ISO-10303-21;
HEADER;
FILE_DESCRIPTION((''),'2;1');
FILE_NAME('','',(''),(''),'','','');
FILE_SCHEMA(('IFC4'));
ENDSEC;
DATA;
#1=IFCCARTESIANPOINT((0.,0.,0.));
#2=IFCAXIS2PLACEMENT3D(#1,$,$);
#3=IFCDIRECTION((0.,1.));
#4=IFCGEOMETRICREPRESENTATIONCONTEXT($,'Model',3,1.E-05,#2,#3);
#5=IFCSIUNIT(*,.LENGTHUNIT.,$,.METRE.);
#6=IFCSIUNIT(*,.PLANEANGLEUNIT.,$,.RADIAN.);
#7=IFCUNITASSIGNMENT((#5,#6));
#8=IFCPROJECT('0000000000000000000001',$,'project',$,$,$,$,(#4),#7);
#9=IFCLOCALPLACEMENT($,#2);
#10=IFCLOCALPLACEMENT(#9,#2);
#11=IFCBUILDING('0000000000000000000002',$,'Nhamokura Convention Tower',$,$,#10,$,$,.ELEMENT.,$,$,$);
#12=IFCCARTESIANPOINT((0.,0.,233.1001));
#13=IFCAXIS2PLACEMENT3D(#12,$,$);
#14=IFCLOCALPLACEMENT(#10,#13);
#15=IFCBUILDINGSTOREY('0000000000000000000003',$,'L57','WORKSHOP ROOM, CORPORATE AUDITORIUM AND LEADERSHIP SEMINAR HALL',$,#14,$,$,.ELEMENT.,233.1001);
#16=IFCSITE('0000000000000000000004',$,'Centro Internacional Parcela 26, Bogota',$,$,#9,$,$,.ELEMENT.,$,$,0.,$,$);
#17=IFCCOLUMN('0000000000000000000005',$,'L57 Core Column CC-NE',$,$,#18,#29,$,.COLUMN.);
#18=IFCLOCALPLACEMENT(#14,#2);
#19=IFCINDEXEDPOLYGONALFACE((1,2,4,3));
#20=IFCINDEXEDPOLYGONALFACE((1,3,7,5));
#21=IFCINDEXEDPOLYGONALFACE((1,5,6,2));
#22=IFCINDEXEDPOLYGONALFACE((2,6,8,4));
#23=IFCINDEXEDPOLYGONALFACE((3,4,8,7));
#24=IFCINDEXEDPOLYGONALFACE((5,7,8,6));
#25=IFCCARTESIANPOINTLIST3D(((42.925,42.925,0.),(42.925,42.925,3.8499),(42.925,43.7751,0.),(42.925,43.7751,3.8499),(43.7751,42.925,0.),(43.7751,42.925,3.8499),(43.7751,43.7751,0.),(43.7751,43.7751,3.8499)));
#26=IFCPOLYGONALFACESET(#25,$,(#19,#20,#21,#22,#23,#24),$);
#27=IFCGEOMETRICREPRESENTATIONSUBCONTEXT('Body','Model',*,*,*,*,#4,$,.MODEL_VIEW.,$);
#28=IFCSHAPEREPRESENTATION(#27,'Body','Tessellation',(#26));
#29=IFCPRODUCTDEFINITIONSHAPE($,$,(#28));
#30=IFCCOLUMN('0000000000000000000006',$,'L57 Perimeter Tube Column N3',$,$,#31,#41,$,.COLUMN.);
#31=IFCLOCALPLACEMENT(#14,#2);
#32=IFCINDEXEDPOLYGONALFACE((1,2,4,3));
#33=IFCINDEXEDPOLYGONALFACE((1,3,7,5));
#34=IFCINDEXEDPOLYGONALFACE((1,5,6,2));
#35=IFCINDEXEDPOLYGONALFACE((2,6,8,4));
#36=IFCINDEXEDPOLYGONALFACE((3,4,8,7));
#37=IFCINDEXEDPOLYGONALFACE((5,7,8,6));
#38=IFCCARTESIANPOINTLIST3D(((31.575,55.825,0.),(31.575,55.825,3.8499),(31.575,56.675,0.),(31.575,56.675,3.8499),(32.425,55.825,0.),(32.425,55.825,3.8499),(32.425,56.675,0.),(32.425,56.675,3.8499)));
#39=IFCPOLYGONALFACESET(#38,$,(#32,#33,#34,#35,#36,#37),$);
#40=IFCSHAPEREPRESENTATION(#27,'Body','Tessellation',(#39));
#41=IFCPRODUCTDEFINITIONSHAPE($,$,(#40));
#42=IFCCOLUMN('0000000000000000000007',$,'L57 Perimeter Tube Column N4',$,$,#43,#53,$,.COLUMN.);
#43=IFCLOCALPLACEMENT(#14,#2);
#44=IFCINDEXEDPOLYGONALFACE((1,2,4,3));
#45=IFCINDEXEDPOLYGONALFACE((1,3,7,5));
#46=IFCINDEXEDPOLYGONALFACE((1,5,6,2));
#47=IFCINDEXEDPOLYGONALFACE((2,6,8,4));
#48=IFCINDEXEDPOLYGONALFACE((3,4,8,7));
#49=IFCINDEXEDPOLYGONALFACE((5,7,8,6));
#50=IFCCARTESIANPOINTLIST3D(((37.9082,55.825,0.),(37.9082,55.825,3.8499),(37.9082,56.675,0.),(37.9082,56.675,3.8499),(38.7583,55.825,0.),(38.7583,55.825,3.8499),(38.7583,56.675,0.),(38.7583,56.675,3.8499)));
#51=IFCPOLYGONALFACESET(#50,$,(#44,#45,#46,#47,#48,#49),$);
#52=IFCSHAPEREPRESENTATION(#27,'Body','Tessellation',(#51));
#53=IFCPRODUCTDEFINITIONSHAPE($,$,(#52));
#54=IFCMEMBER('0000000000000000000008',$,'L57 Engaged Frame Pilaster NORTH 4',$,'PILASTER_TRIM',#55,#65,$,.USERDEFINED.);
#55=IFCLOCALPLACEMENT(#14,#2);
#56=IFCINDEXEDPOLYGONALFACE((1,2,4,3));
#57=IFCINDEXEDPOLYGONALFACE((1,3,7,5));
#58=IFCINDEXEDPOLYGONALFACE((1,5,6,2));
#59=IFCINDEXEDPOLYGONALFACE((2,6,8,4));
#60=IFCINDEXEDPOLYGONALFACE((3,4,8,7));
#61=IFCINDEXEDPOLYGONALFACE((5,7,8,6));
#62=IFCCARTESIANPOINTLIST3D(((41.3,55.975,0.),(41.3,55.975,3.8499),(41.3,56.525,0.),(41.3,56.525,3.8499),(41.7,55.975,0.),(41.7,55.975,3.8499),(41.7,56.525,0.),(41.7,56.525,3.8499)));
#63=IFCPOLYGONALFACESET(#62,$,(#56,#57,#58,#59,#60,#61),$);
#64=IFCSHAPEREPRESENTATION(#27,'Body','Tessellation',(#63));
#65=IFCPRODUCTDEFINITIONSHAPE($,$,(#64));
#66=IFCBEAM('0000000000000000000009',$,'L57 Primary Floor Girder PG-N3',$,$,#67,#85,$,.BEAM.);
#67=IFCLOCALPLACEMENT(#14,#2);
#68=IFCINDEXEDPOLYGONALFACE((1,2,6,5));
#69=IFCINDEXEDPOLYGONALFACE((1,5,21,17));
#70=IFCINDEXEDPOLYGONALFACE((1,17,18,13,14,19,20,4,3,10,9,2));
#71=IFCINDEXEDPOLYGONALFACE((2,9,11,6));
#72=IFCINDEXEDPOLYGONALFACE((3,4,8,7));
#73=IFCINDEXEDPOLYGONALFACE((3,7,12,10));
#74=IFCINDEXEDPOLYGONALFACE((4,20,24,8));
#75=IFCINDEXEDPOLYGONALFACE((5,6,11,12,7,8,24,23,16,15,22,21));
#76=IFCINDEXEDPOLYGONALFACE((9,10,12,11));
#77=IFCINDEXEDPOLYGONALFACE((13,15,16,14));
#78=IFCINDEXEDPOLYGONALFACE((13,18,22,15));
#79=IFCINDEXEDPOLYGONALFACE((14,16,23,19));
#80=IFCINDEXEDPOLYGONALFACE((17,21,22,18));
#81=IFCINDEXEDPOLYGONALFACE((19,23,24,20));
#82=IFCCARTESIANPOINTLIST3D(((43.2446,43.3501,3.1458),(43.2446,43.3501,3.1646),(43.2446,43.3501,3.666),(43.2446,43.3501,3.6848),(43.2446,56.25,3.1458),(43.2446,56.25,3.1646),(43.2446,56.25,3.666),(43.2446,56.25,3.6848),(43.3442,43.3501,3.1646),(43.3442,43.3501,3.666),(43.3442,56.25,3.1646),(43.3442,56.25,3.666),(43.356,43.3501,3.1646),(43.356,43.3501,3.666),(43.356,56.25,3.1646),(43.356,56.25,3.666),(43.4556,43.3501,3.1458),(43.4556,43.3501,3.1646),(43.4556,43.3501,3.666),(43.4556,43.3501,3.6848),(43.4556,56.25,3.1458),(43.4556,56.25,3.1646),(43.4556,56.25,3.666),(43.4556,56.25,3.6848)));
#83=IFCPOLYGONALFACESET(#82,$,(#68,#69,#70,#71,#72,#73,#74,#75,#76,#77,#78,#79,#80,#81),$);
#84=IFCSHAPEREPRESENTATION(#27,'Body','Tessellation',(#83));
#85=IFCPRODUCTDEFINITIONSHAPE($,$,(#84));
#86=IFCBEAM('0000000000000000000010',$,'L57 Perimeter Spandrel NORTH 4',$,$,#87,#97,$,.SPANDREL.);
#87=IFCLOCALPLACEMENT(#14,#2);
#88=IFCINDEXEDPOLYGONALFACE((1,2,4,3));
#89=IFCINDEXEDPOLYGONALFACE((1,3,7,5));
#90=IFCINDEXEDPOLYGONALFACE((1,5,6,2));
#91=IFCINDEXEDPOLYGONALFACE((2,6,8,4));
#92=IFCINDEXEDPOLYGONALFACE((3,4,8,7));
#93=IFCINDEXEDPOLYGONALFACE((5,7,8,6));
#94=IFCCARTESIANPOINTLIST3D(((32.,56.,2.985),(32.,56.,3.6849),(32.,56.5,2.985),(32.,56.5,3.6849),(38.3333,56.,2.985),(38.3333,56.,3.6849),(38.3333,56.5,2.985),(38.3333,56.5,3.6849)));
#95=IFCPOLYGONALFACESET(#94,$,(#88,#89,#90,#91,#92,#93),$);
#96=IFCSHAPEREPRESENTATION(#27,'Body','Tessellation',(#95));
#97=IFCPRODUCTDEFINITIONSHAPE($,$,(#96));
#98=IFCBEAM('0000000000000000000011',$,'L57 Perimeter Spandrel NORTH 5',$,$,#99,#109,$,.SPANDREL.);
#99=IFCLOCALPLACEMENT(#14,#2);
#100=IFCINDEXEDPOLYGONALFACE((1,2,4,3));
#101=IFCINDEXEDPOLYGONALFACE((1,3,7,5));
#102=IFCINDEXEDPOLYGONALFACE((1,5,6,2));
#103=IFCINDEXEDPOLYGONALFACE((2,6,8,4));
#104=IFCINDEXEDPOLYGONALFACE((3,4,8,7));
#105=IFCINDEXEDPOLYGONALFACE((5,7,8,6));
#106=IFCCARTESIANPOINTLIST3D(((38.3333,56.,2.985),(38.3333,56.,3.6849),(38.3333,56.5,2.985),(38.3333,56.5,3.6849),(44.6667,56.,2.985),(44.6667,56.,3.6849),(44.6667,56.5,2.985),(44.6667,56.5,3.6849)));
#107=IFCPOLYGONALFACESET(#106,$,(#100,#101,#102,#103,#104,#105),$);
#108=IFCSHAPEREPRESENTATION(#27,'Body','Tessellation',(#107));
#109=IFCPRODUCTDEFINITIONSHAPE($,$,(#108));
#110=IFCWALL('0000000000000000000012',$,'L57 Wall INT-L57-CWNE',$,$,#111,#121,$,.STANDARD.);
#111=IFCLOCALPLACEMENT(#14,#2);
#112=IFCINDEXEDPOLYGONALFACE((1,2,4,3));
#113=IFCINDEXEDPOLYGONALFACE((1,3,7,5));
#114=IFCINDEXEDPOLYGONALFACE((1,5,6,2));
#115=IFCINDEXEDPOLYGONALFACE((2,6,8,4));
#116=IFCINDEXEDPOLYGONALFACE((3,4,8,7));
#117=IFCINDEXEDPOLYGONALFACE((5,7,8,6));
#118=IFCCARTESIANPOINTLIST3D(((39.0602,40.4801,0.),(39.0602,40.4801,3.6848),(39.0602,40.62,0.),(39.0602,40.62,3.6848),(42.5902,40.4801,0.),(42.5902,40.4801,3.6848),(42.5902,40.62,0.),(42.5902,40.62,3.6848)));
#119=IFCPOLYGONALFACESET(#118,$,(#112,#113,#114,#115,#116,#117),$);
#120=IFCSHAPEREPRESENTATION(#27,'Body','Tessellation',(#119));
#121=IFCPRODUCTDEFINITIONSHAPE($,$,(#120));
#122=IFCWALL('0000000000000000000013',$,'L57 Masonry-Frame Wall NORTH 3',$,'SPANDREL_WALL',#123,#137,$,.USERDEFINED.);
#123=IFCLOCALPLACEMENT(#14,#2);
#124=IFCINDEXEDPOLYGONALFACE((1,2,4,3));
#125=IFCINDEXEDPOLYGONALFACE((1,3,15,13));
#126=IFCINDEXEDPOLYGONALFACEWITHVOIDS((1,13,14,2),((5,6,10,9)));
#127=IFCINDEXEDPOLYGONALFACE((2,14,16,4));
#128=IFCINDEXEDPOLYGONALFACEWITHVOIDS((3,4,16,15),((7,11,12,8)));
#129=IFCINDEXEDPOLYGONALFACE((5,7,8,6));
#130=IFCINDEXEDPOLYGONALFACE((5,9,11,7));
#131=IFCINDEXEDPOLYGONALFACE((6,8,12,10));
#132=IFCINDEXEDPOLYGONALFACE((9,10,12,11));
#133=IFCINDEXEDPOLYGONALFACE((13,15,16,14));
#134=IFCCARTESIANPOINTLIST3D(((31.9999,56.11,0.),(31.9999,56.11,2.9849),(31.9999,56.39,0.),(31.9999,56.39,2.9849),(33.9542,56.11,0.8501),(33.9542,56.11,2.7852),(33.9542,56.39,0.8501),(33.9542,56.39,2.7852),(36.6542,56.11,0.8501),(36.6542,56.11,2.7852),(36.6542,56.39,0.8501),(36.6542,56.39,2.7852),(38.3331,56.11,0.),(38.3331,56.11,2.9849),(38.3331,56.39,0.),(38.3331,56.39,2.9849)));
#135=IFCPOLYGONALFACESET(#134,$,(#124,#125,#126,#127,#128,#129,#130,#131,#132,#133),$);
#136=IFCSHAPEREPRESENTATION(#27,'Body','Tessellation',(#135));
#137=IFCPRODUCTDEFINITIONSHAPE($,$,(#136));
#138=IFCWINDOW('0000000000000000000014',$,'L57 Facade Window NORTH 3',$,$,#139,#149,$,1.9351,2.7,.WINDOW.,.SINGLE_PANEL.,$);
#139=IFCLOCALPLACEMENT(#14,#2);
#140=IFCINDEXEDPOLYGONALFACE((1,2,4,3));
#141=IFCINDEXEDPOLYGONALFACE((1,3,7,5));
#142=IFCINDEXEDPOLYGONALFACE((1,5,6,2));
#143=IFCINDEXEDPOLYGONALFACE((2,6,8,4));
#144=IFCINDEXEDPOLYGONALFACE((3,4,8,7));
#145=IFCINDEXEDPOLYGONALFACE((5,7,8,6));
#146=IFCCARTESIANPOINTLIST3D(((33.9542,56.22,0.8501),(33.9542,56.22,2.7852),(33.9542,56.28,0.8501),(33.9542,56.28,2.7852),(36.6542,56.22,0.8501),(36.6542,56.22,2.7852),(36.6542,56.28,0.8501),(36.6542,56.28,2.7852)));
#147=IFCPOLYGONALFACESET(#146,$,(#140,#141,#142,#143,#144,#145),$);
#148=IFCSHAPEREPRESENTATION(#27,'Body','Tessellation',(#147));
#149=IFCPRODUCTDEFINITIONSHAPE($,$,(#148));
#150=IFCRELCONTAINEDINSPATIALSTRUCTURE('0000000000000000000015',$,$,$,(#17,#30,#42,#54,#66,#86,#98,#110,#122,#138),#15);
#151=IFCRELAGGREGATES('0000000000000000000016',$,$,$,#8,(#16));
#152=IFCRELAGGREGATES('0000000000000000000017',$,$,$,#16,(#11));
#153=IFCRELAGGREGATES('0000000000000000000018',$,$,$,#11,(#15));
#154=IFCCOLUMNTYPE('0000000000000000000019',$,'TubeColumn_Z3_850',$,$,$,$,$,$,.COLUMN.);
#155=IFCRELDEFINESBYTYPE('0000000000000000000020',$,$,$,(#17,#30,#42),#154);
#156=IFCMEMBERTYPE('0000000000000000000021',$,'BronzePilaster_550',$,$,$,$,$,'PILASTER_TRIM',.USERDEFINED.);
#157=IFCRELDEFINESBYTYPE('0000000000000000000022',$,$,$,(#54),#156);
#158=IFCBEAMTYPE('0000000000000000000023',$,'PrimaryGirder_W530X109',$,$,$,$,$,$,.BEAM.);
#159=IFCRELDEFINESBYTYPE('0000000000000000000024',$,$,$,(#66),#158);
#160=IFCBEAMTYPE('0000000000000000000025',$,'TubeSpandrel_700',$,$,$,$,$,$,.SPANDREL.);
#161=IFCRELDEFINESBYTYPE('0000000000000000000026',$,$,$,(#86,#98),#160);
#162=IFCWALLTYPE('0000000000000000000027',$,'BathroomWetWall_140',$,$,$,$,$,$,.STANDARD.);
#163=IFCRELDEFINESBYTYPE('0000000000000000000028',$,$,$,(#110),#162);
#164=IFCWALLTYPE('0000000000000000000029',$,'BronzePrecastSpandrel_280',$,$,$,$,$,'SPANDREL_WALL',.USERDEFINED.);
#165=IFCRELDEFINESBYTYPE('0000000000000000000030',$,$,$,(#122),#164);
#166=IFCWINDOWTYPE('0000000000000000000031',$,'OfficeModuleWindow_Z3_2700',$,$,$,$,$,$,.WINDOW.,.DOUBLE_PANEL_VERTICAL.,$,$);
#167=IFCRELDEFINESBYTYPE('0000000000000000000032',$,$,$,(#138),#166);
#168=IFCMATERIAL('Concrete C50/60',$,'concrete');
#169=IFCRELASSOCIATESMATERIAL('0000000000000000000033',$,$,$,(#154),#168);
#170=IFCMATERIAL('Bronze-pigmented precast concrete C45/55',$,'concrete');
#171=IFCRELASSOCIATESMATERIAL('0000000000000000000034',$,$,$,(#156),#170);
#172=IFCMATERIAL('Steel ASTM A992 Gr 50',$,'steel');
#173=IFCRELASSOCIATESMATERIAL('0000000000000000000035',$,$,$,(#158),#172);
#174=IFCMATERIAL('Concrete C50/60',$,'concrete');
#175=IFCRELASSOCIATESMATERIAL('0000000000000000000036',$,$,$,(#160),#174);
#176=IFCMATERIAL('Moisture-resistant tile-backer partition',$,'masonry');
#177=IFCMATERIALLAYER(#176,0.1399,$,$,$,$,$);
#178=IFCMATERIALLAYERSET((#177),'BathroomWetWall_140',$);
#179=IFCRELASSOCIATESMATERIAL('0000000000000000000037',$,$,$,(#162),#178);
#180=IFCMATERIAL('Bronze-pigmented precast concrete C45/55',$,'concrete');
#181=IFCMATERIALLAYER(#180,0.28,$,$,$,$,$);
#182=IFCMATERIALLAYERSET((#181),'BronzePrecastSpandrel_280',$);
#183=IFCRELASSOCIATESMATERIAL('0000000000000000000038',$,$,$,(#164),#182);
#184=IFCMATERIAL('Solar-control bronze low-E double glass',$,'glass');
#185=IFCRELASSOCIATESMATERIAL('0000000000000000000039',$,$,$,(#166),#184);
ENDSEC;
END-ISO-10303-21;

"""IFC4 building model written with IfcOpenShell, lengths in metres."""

from ifc_helpers import new_model, si_unit, direction, frame, frame_2d, origin, origin_2d, place, context, subcontext, project, spatial, rectangle, i_section, extrude, material, layer, layer_set, material_profile, profile_set, type_object, element, fill, save


model = new_model("IFC4")

# Units and contexts
model_context = context("Model", 3, precision=1e-05, world=origin(), true_north=direction((0.0, 1.0)))
body_context = subcontext(model_context, "Body", "Model", "MODEL_VIEW")
ifc_project = project(units=[si_unit("LENGTHUNIT", "METRE"), si_unit("PLANEANGLEUNIT", "RADIAN")], contexts=[model_context])

# Site, building, storey
site_placement = place(None, origin())
site = spatial("IfcSite", under=ifc_project, at=site_placement, Name="Centro Internacional Parcela 26, Bogota", CompositionType="ELEMENT", RefElevation=0.0)
building_placement = place(site_placement, origin())
building = spatial("IfcBuilding", under=site, at=building_placement, Name="Nhamokura Convention Tower", CompositionType="ELEMENT")
storey_placement = place(building_placement, frame((0.0, 0.0, 233.1001)))
storey = spatial("IfcBuildingStorey", under=building, at=storey_placement, Name="L57", Description="WORKSHOP ROOM, CORPORATE AUDITORIUM AND LEADERSHIP SEMINAR HALL", CompositionType="ELEMENT", Elevation=233.1001)

# Columns
ifc_material_1 = material(Name="Concrete C50/60", Category="concrete")
ifc_material_profile_1 = material_profile(ifc_material_1, rectangle(XDim=0.8501, YDim=0.8501, at=origin_2d()))
ifc_profile_set_1 = profile_set([ifc_material_profile_1], Name="Concrete C50/60")
column_type = type_object("IfcColumnType", Name="TubeColumn_Z3_850", PredefinedType="COLUMN", material=ifc_profile_set_1)
for number, where, z_axis, x_axis, name in (
    (1, (43.3501, 43.3501, 0.0), (0.0, 0.0, 1.0), (1.0, 0.0, 0.0), "L57 Core Column CC-NE"),
    (2, (32.0, 56.25, 0.0), (0.0, 0.0, 1.0), (1.0, 0.0, 0.0), "L57 Perimeter Tube Column N3"),
    (3, (38.3333, 56.25, 0.0), (0.0, 0.0, 1.0), (1.0, 0.0, 0.0), "L57 Perimeter Tube Column N4"),
):
    element("IfcColumn", number, at=place(storey_placement, frame(where, z_axis=z_axis, x_axis=x_axis)), inside=storey, type_object=column_type, Name=name, PredefinedType="COLUMN", context=body_context, shape_type="SweptSolid", body=[
        extrude(rectangle(XDim=0.8501, YDim=0.8501, at=origin_2d()), origin(), (0.0, 0.0, 1.0), 3.8499),
    ])

# Member
ifc_material_2 = material(Name="Bronze-pigmented precast concrete C45/55", Category="concrete")
ifc_material_profile_2 = material_profile(ifc_material_2, rectangle(XDim=0.3999, YDim=0.55, at=origin_2d()))
ifc_profile_set_2 = profile_set([ifc_material_profile_2], Name="Bronze-pigmented precast concrete C45/55")
member_type = type_object("IfcMemberType", Name="BronzePilaster_550", ElementType="PILASTER_TRIM", PredefinedType="USERDEFINED", material=ifc_profile_set_2)
member_placement = place(storey_placement, frame((41.5, 56.25, 0.0), z_axis=(0.0, 0.0, 1.0), x_axis=(1.0, 0.0, 0.0)))
element("IfcMember", 4, at=member_placement, inside=storey, type_object=member_type, Name="L57 Engaged Frame Pilaster NORTH 4", ObjectType="PILASTER_TRIM", PredefinedType="USERDEFINED", context=body_context, shape_type="SweptSolid", body=[
    extrude(rectangle(XDim=0.3999, YDim=0.55, at=origin_2d()), origin(), (0.0, 0.0, 1.0), 3.8499),
])

# Beams
ifc_material_3 = material(Name="Steel ASTM A992 Gr 50", Category="steel")
ifc_material_profile_3 = material_profile(ifc_material_3, i_section(OverallWidth=0.2109, OverallDepth=0.5391, WebThickness=0.0117, FlangeThickness=0.0188, at=origin_2d()))
ifc_profile_set_3 = profile_set([ifc_material_profile_3], Name="Steel ASTM A992 Gr 50")
beam_type_1 = type_object("IfcBeamType", Name="PrimaryGirder_W530X109", PredefinedType="BEAM", material=ifc_profile_set_3)
beam_1_placement = place(storey_placement, frame((43.3501, 43.3501, 3.4153), z_axis=(0.0, 1.0, 0.0), x_axis=(-1.0, 0.0, 0.0)))
element("IfcBeam", 5, at=beam_1_placement, inside=storey, type_object=beam_type_1, Name="L57 Primary Floor Girder PG-N3", PredefinedType="BEAM", context=body_context, shape_type="SweptSolid", body=[
    extrude(i_section(OverallWidth=0.2109, OverallDepth=0.5391, WebThickness=0.0117, FlangeThickness=0.0188, at=origin_2d()), origin(), (0.0, 0.0, 1.0), 12.8999),
])
ifc_material_4 = material(Name="Concrete C50/60", Category="concrete")
ifc_material_profile_4 = material_profile(ifc_material_4, rectangle(XDim=0.5, YDim=0.7, at=origin_2d()))
ifc_profile_set_4 = profile_set([ifc_material_profile_4], Name="Concrete C50/60")
beam_type_2 = type_object("IfcBeamType", Name="TubeSpandrel_700", PredefinedType="SPANDREL", material=ifc_profile_set_4)
beam_2_placement = place(storey_placement, frame((32.0, 56.25, 3.335), z_axis=(1.0, 0.0, 0.0), x_axis=(0.0, 1.0, 0.0)))
element("IfcBeam", 6, at=beam_2_placement, inside=storey, type_object=beam_type_2, Name="L57 Perimeter Spandrel NORTH 4", PredefinedType="SPANDREL", context=body_context, shape_type="SweptSolid", body=[
    extrude(rectangle(XDim=0.5, YDim=0.7, at=origin_2d()), origin(), (0.0, 0.0, 1.0), 6.3333),
])
beam_3_placement = place(storey_placement, frame((38.3333, 56.25, 3.335), z_axis=(1.0, 0.0, 0.0), x_axis=(0.0, 1.0, 0.0)))
element("IfcBeam", 7, at=beam_3_placement, inside=storey, type_object=beam_type_2, Name="L57 Perimeter Spandrel NORTH 5", PredefinedType="SPANDREL", context=body_context, shape_type="SweptSolid", body=[
    extrude(rectangle(XDim=0.5, YDim=0.7, at=origin_2d()), origin(), (0.0, 0.0, 1.0), 6.3335),
])

# Wall
ifc_material_5 = material(Name="Moisture-resistant tile-backer partition", Category="masonry")
ifc_layer_1 = layer(ifc_material_5, 0.1399)
ifc_layer_set_1 = layer_set([ifc_layer_1], Name="BathroomWetWall_140")
wall_type_1 = type_object("IfcWallType", Name="BathroomWetWall_140", PredefinedType="STANDARD", material=ifc_layer_set_1)
wall_1_placement = place(storey_placement, frame((39.0601, 40.55, 0.0), z_axis=(0.0, 0.0, 1.0), x_axis=(1.0, 0.0, 0.0)))
element("IfcWall", 8, at=wall_1_placement, inside=storey, type_object=wall_type_1, Name="L57 Wall INT-L57-CWNE", PredefinedType="STANDARD", context=body_context, shape_type="SweptSolid", body=[
    extrude(rectangle(XDim=3.53, YDim=0.1399, at=frame_2d((1.7651, 0.0))), origin(), (0.0, 0.0, 1.0), 3.6848),
])

# Wall, opening, window
ifc_material_6 = material(Name="Bronze-pigmented precast concrete C45/55", Category="concrete")
ifc_layer_2 = layer(ifc_material_6, 0.28)
ifc_layer_set_2 = layer_set([ifc_layer_2], Name="BronzePrecastSpandrel_280")
wall_type_2 = type_object("IfcWallType", Name="BronzePrecastSpandrel_280", ElementType="SPANDREL_WALL", PredefinedType="USERDEFINED", material=ifc_layer_set_2)
wall_2_placement = place(storey_placement, frame((32.0, 56.25, 0.0), z_axis=(0.0, 0.0, 1.0), x_axis=(1.0, 0.0, 0.0)))
wall_2 = element("IfcWall", 9, at=wall_2_placement, inside=storey, type_object=wall_type_2, Name="L57 Masonry-Frame Wall NORTH 3", ObjectType="SPANDREL_WALL", PredefinedType="USERDEFINED", context=body_context, shape_type="SweptSolid", body=[
    extrude(rectangle(XDim=6.3333, YDim=0.28, at=frame_2d((3.1665, 0.0))), origin(), (0.0, 0.0, 1.0), 2.9849),
])
opening_1_placement = place(wall_2_placement, frame((1.9541, 0.0, 0.8501)))
opening_1 = element("IfcOpeningElement", 10, at=opening_1_placement, cuts=wall_2, PredefinedType="OPENING", context=body_context, shape_type="SweptSolid", body=[
    extrude(rectangle(XDim=2.7, YDim=1.9351, at=frame_2d((1.3501, 0.9675))), frame((0.0, 0.1499, 0.0), z_axis=(0.0, -1.0, 0.0), x_axis=(1.0, 0.0, 0.0)), (0.0, 0.0, 1.0), 0.3),
])
ifc_material_7 = material(Name="Solar-control bronze low-E double glass", Category="glass")
window_type_1 = type_object("IfcWindowType", Name="OfficeModuleWindow_Z3_2700", PartitioningType="DOUBLE_PANEL_VERTICAL", PredefinedType="WINDOW", material=ifc_material_7)
window_1_placement = place(opening_1_placement, origin())
window_1 = element("IfcWindow", 11, at=window_1_placement, inside=storey, type_object=window_type_1, Name="L57 Facade Window NORTH 3", OverallHeight=1.9351, OverallWidth=2.7, PartitioningType="SINGLE_PANEL", PredefinedType="WINDOW", context=body_context, shape_type="SweptSolid", body=[
    extrude(rectangle(XDim=2.7, YDim=1.9351, at=frame_2d((1.3501, 0.9675))), frame((0.0, 0.03, 0.0), z_axis=(0.0, -1.0, 0.0), x_axis=(1.0, 0.0, 0.0)), (0.0, 0.0, 1.0), 0.0601),
])
fill(opening_1, window_1)

save(model, "model.ifc")
